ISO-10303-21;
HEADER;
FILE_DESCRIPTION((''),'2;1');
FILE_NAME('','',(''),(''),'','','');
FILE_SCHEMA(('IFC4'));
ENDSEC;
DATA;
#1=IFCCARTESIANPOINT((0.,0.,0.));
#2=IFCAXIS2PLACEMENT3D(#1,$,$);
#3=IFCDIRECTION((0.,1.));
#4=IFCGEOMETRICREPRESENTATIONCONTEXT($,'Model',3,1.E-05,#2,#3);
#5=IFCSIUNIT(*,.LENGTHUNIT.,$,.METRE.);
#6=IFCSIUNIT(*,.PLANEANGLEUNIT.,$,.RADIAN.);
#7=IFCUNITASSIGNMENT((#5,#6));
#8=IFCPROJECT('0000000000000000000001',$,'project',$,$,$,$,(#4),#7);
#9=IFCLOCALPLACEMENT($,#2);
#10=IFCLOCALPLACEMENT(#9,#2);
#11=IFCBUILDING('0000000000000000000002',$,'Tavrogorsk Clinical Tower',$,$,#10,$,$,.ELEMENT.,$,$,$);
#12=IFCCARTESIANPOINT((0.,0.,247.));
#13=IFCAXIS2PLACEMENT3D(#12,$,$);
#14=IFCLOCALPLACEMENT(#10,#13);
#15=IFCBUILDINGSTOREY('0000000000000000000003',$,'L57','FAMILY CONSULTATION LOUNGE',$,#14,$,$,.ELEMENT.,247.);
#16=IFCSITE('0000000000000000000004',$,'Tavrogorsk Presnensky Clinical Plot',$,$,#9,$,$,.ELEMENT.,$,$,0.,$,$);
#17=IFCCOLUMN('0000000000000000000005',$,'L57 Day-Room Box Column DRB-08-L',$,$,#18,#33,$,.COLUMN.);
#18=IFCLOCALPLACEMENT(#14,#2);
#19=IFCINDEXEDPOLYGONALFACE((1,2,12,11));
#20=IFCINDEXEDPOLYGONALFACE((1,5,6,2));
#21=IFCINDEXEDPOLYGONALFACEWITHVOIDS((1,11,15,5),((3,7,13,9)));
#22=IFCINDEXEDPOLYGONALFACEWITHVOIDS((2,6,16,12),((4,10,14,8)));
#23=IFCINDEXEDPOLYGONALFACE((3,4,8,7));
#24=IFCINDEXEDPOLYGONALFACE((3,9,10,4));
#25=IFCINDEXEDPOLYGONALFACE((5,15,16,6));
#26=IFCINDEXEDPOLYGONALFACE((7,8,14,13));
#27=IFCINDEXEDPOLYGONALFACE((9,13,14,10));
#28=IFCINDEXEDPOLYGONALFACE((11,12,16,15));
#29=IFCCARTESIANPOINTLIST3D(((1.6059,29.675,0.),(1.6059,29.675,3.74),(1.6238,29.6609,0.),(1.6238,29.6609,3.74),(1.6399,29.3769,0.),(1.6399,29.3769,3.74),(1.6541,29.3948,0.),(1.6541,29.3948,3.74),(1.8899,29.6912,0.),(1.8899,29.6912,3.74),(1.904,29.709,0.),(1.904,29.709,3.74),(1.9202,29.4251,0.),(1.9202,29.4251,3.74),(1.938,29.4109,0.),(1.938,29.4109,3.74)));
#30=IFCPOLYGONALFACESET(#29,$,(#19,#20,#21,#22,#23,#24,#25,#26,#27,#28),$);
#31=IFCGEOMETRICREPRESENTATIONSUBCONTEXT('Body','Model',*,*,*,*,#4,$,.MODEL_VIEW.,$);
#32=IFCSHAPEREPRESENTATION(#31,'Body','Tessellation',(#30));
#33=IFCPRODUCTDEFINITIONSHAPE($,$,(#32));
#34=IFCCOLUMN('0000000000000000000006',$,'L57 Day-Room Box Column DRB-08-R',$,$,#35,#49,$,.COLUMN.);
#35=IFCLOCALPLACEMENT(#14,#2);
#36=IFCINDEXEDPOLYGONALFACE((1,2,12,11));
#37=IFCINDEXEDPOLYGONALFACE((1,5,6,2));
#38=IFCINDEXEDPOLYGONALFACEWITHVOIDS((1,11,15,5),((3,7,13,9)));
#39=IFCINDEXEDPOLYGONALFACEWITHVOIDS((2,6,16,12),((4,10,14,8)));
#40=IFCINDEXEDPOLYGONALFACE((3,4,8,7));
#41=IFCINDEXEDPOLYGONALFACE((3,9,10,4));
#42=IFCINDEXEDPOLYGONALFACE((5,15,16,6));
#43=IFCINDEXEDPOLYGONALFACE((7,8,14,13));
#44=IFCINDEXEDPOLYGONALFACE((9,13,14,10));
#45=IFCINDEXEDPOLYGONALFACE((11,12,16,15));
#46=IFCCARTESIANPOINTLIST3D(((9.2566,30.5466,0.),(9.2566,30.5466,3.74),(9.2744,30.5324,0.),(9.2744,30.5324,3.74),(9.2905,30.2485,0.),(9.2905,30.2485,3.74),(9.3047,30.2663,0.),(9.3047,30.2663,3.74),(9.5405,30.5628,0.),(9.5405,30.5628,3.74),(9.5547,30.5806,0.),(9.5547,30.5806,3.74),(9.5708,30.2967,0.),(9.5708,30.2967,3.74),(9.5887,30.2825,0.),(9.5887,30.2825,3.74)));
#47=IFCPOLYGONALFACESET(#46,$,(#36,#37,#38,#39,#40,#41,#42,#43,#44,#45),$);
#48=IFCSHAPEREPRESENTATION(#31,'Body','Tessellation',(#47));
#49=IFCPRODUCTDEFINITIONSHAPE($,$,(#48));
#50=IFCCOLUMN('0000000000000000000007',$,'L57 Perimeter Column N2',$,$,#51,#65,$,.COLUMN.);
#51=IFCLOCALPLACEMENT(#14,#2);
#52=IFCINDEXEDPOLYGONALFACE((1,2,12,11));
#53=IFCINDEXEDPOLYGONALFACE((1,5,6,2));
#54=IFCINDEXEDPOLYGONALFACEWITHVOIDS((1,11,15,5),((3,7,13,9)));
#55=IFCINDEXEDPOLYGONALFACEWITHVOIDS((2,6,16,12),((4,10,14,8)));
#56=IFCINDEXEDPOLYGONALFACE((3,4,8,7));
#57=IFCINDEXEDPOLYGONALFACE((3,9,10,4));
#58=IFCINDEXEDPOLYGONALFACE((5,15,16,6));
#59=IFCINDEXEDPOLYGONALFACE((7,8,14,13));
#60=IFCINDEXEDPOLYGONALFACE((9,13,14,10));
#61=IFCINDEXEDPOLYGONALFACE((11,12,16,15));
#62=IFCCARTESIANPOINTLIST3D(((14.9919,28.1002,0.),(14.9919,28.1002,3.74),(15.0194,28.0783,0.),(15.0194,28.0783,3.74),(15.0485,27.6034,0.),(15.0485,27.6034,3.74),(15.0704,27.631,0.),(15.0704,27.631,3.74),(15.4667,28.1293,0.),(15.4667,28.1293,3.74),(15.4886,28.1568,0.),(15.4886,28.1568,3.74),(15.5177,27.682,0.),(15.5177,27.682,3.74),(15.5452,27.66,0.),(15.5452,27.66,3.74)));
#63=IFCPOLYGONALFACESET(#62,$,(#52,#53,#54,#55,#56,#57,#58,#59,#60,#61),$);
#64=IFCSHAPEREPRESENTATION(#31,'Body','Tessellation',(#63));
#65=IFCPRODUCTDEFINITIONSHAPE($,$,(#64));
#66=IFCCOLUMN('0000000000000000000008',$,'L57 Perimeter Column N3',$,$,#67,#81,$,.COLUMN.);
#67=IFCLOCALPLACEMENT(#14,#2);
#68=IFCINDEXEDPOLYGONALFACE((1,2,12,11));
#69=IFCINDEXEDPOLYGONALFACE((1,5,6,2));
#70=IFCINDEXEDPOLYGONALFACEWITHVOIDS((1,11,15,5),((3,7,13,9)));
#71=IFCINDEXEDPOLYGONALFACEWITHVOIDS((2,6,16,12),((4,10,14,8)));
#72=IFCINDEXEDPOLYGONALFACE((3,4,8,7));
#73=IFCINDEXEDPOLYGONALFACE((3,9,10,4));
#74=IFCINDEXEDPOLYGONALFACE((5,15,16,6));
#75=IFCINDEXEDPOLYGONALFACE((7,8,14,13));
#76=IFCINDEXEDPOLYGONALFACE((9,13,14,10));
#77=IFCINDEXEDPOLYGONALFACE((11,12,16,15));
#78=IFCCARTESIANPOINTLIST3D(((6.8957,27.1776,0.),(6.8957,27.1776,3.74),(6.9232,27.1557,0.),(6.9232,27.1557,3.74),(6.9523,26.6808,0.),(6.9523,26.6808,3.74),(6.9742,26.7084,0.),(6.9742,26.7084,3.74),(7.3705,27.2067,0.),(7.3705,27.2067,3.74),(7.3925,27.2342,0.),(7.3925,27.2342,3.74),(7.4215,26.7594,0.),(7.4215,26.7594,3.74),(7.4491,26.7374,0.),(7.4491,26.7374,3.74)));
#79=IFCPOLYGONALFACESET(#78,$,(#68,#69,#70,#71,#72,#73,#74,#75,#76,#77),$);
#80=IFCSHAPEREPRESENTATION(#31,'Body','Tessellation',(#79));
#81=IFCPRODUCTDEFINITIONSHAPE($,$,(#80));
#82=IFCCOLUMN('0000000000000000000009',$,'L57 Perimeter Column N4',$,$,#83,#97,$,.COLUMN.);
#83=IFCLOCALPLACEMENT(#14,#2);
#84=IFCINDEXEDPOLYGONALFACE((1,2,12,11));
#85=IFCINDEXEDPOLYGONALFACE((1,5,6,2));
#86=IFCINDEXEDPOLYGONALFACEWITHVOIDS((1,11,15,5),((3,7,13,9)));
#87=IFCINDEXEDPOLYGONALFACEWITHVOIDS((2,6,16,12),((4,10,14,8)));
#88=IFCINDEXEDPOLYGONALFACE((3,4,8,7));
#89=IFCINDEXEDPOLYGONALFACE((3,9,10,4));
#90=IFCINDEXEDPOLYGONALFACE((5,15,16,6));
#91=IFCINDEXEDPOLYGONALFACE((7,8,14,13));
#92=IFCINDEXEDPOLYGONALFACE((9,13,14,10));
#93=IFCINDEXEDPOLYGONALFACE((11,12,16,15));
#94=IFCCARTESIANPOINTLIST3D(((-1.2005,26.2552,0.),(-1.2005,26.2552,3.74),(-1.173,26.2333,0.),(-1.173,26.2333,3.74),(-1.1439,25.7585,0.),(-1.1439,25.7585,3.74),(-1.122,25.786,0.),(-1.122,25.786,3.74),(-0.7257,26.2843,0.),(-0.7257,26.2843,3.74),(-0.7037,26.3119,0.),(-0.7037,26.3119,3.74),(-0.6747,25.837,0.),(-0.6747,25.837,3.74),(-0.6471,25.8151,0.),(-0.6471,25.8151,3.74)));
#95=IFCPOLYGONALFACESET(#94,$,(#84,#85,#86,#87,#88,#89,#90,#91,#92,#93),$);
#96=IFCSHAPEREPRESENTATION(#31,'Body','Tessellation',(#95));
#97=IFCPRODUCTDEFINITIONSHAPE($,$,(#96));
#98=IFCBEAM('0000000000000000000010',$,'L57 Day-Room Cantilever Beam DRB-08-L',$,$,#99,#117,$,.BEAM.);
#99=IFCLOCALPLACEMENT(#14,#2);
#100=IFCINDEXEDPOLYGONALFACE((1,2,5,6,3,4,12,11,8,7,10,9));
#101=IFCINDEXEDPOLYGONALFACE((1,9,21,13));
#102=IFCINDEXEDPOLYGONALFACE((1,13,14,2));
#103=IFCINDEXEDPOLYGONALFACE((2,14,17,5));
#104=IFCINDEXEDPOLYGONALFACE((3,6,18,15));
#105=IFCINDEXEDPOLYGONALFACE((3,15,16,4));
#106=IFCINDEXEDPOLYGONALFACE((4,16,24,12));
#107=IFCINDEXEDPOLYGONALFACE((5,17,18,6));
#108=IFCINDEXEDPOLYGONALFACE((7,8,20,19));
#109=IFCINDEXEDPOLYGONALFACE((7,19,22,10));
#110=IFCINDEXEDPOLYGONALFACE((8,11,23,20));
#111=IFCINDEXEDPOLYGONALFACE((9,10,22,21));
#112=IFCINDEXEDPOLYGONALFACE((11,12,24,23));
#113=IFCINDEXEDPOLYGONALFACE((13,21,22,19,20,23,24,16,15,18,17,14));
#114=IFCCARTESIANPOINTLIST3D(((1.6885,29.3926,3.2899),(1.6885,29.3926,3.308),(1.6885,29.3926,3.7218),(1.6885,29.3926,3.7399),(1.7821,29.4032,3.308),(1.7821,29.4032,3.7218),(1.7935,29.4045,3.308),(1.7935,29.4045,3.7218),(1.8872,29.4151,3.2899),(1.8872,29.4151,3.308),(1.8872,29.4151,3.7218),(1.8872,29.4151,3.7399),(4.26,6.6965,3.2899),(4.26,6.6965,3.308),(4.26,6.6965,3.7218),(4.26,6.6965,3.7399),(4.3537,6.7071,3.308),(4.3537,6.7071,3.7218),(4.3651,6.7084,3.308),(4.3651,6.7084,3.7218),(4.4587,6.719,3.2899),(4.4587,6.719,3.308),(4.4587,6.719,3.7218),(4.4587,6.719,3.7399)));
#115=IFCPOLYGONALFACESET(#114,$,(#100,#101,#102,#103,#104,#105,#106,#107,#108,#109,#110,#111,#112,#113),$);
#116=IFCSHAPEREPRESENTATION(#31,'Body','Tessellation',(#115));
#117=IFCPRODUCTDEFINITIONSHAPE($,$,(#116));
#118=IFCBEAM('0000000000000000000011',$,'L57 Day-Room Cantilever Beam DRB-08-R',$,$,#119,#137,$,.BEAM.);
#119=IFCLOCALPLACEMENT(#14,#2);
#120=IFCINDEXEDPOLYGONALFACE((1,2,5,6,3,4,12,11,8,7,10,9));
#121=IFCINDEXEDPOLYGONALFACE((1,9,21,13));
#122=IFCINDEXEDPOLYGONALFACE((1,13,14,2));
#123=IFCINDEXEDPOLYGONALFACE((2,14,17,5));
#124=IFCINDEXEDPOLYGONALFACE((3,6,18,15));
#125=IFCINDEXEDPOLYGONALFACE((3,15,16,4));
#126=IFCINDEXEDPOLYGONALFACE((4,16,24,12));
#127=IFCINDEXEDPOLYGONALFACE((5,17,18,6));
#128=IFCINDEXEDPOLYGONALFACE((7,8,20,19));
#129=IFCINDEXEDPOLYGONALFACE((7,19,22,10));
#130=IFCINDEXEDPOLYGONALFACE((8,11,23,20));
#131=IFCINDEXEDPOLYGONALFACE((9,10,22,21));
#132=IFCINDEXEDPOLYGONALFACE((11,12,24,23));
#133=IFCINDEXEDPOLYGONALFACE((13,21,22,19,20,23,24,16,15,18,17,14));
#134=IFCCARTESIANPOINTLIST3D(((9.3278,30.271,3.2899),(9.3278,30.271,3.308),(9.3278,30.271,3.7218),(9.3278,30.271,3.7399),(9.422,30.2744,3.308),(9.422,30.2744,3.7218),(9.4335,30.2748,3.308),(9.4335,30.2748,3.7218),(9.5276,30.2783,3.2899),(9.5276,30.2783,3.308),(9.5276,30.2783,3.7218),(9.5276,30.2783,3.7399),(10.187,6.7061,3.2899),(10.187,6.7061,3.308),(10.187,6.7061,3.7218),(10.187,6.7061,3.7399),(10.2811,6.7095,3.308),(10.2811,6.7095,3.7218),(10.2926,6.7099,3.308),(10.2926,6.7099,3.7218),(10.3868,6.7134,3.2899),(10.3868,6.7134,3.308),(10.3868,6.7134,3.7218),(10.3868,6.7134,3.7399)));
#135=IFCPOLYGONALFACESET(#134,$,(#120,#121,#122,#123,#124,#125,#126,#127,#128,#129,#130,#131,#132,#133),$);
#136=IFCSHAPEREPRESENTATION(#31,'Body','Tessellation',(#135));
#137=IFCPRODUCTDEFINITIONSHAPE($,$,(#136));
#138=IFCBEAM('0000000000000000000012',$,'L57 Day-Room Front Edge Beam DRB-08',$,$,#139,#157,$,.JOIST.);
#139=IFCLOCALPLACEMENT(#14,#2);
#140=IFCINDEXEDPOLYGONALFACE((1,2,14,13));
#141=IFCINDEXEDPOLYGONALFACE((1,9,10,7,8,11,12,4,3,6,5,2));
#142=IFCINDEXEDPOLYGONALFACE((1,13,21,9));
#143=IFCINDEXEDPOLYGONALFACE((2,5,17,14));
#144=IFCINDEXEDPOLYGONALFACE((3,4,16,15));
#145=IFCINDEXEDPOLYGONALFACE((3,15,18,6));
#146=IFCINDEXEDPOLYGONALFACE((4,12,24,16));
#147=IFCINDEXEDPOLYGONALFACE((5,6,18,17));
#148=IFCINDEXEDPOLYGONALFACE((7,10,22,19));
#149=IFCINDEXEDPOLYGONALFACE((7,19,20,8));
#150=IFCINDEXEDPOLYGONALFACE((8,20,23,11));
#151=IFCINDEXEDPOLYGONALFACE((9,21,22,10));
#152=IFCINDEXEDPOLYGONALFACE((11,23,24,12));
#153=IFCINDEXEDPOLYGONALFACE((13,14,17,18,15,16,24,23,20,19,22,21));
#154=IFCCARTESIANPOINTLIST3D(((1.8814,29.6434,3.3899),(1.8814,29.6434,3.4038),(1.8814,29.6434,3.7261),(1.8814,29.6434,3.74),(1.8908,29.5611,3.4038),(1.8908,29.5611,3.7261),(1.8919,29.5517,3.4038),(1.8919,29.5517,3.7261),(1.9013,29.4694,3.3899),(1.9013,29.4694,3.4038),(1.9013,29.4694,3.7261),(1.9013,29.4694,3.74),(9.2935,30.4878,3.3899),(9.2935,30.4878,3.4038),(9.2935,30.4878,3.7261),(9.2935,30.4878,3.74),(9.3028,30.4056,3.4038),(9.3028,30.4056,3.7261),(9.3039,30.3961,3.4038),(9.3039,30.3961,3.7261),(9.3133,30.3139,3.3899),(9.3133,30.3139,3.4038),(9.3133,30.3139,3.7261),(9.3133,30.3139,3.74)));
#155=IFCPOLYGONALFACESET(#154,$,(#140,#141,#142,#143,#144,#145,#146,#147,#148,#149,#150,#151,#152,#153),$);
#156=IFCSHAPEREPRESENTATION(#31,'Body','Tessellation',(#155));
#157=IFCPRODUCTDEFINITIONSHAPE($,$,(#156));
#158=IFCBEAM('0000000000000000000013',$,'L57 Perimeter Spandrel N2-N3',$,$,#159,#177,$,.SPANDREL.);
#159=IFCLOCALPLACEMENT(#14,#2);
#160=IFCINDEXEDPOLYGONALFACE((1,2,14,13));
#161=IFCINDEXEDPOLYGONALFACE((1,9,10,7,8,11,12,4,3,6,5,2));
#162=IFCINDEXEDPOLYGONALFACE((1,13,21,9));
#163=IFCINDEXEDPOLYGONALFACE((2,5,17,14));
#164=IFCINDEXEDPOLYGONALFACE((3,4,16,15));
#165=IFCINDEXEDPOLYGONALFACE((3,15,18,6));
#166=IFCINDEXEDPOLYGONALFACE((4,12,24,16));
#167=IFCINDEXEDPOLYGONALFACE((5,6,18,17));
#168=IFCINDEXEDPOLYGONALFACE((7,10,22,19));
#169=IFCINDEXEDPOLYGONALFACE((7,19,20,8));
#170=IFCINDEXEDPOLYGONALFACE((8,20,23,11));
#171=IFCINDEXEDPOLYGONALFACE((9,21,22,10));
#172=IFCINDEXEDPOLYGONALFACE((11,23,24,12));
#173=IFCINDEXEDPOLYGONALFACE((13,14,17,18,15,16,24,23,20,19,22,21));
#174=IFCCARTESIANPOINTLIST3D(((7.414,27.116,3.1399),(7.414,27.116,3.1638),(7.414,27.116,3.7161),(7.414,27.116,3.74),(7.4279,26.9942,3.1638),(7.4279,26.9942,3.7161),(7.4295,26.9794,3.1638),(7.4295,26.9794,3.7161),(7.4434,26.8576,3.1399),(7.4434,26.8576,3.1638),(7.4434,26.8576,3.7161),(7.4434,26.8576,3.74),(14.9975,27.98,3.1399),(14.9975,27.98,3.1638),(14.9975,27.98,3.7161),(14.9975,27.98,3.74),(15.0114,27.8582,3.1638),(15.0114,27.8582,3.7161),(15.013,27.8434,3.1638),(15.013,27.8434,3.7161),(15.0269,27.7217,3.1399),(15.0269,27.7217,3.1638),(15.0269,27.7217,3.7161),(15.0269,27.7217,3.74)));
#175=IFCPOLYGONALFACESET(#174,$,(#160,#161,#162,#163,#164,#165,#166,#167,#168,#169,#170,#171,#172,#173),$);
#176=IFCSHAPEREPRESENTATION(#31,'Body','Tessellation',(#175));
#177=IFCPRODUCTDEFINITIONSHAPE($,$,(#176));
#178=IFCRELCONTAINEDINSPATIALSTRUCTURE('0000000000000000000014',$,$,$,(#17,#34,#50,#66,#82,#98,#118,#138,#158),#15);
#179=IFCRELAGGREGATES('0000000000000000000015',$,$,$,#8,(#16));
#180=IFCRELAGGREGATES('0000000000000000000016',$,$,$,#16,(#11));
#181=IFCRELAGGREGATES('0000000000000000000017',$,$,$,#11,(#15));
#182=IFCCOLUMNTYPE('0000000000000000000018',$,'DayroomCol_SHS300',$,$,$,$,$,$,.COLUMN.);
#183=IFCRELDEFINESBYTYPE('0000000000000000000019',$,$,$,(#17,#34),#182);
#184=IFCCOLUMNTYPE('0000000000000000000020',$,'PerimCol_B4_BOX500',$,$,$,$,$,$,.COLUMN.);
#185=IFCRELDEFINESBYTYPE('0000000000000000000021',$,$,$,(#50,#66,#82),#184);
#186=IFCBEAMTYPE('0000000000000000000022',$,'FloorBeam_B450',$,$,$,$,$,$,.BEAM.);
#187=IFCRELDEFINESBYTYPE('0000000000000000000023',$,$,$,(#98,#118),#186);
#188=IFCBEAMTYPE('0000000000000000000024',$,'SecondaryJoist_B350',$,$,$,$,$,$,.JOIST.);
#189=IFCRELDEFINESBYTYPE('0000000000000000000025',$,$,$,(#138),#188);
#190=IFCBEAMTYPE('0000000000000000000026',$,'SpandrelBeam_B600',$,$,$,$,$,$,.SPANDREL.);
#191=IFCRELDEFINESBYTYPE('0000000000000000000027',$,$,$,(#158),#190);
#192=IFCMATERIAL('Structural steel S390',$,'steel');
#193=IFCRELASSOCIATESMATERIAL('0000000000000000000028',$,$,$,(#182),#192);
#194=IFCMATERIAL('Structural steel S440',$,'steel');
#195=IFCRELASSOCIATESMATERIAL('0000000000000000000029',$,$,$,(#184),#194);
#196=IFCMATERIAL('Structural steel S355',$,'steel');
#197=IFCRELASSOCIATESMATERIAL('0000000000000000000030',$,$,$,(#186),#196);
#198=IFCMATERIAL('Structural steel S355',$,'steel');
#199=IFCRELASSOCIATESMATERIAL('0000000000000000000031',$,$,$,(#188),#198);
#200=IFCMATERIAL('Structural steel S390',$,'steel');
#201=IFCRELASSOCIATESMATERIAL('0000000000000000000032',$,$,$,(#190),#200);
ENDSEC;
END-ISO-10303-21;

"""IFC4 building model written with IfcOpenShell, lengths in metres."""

from ifc_helpers import new_model, si_unit, direction, frame, origin, origin_2d, place, context, subcontext, project, spatial, hollow_rectangle, i_section, extrude, material, material_profile, profile_set, type_object, element, save


model = new_model("IFC4")

# Units and contexts
model_context = context("Model", 3, precision=1e-05, world=origin(), true_north=direction((0.0, 1.0)))
body_context = subcontext(model_context, "Body", "Model", "MODEL_VIEW")
ifc_project = project(units=[si_unit("LENGTHUNIT", "METRE"), si_unit("PLANEANGLEUNIT", "RADIAN")], contexts=[model_context])

# Site, building, storey
site_placement = place(None, origin())
site = spatial("IfcSite", under=ifc_project, at=site_placement, Name="Tavrogorsk Presnensky Clinical Plot", CompositionType="ELEMENT", RefElevation=0.0)
building_placement = place(site_placement, origin())
building = spatial("IfcBuilding", under=site, at=building_placement, Name="Tavrogorsk Clinical Tower", CompositionType="ELEMENT")
storey_placement = place(building_placement, frame((0.0, 0.0, 247.0)))
storey = spatial("IfcBuildingStorey", under=building, at=storey_placement, Name="L57", Description="FAMILY CONSULTATION LOUNGE", CompositionType="ELEMENT", Elevation=247.0)

# Columns
ifc_material_1 = material(Name="Structural steel S390", Category="steel")
ifc_material_profile_1 = material_profile(ifc_material_1, hollow_rectangle(XDim=0.3, YDim=0.3, WallThickness=0.0161, at=origin_2d()), Name="SHS-300x300x16")
ifc_profile_set_1 = profile_set([ifc_material_profile_1], Name="Structural steel S390")
column_type_1 = type_object("IfcColumnType", Name="DayroomCol_SHS300", PredefinedType="COLUMN", material=ifc_profile_set_1)
for number, where, z_axis, x_axis, name in (
    (1, (1.772, 29.543, 0.0), (0.0, 0.0, 1.0), (0.993572, 0.113203, 0.0), "L57 Day-Room Box Column DRB-08-L"),
    (2, (9.4226, 30.4146, 0.0), (0.0, 0.0, 1.0), (0.993572, 0.113203, 0.0), "L57 Day-Room Box Column DRB-08-R"),
):
    element("IfcColumn", number, at=place(storey_placement, frame(where, z_axis=z_axis, x_axis=x_axis)), inside=storey, type_object=column_type_1, Name=name, PredefinedType="COLUMN", context=body_context, shape_type="SweptSolid", body=[
        extrude(hollow_rectangle(XDim=0.3, YDim=0.3, WallThickness=0.0161, at=origin_2d()), origin(), (0.0, 0.0, 1.0), 3.74),
    ])
ifc_material_2 = material(Name="Structural steel S440", Category="steel")
ifc_material_profile_2 = material_profile(ifc_material_2, hollow_rectangle(XDim=0.5, YDim=0.5, WallThickness=0.0249, at=origin_2d()), Name="BOX-500x500x25")
ifc_profile_set_2 = profile_set([ifc_material_profile_2], Name="Structural steel S440")
column_type_2 = type_object("IfcColumnType", Name="PerimCol_B4_BOX500", PredefinedType="COLUMN", material=ifc_profile_set_2)
for number, where, z_axis, x_axis, name in (
    (3, (15.2686, 27.8801, 0.0), (0.0, 0.0, 1.0), (0.993572, 0.113203, 0.0), "L57 Perimeter Column N2"),
    (4, (7.1724, 26.9575, 0.0), (0.0, 0.0, 1.0), (0.993572, 0.113203, 0.0), "L57 Perimeter Column N3"),
    (5, (-0.9238, 26.0352, 0.0), (0.0, 0.0, 1.0), (0.993572, 0.113203, 0.0), "L57 Perimeter Column N4"),
):
    element("IfcColumn", number, at=place(storey_placement, frame(where, z_axis=z_axis, x_axis=x_axis)), inside=storey, type_object=column_type_2, Name=name, PredefinedType="COLUMN", context=body_context, shape_type="SweptSolid", body=[
        extrude(hollow_rectangle(XDim=0.5, YDim=0.5, WallThickness=0.0249, at=origin_2d()), origin(), (0.0, 0.0, 1.0), 3.74),
    ])

# Beams
ifc_material_3 = material(Name="Structural steel S355", Category="steel")
ifc_material_profile_3 = material_profile(ifc_material_3, i_section(OverallWidth=0.2, OverallDepth=0.45, WebThickness=0.0115, FlangeThickness=0.0181, at=origin_2d()), Name="B-450x200x11.5x18")
ifc_profile_set_3 = profile_set([ifc_material_profile_3], Name="Structural steel S355")
beam_type_1 = type_object("IfcBeamType", Name="FloorBeam_B450", PredefinedType="BEAM", material=ifc_profile_set_3)
beam_1_placement = place(storey_placement, frame((4.3594, 6.7078, 3.5149), z_axis=(-0.112583, 0.993642, 0.0), x_axis=(-0.993642, -0.112583, 0.0)))
element("IfcBeam", 6, at=beam_1_placement, inside=storey, type_object=beam_type_1, Name="L57 Day-Room Cantilever Beam DRB-08-L", PredefinedType="BEAM", context=body_context, shape_type="SweptSolid", body=[
    extrude(i_section(OverallWidth=0.2, OverallDepth=0.45, WebThickness=0.0115, FlangeThickness=0.0181, at=origin_2d()), origin(), (0.0, 0.0, 1.0), 22.8413),
])
beam_2_placement = place(storey_placement, frame((10.2869, 6.7097, 3.5149), z_axis=(-0.036434, 0.999336, 0.0), x_axis=(-0.999336, -0.036434, 0.0)))
element("IfcBeam", 7, at=beam_2_placement, inside=storey, type_object=beam_type_1, Name="L57 Day-Room Cantilever Beam DRB-08-R", PredefinedType="BEAM", context=body_context, shape_type="SweptSolid", body=[
    extrude(i_section(OverallWidth=0.2, OverallDepth=0.45, WebThickness=0.0115, FlangeThickness=0.0181, at=origin_2d()), origin(), (0.0, 0.0, 1.0), 23.5806),
])
ifc_material_4 = material(Name="Structural steel S355", Category="steel")
ifc_material_profile_4 = material_profile(ifc_material_4, i_section(OverallWidth=0.175, OverallDepth=0.3501, WebThickness=0.0095, FlangeThickness=0.0139, at=origin_2d()), Name="B-350x175x9.5x14")
ifc_profile_set_4 = profile_set([ifc_material_profile_4], Name="Structural steel S355")
beam_type_2 = type_object("IfcBeamType", Name="SecondaryJoist_B350", PredefinedType="JOIST", material=ifc_profile_set_4)
beam_3_placement = place(storey_placement, frame((1.8914, 29.5564, 3.5649), z_axis=(0.993572, 0.1132, 0.0), x_axis=(-0.1132, 0.993572, 0.0)))
element("IfcBeam", 8, at=beam_3_placement, inside=storey, type_object=beam_type_2, Name="L57 Day-Room Front Edge Beam DRB-08", PredefinedType="JOIST", context=body_context, shape_type="SweptSolid", body=[
    extrude(i_section(OverallWidth=0.175, OverallDepth=0.3501, WebThickness=0.0095, FlangeThickness=0.0139, at=origin_2d()), origin(), (0.0, 0.0, 1.0), 7.46),
])
ifc_material_5 = material(Name="Structural steel S390", Category="steel")
ifc_material_profile_5 = material_profile(ifc_material_5, i_section(OverallWidth=0.26, OverallDepth=0.6001, WebThickness=0.0149, FlangeThickness=0.0239, at=origin_2d()), Name="B-600x260x15x24")
ifc_profile_set_5 = profile_set([ifc_material_profile_5], Name="Structural steel S390")
beam_type_3 = type_object("IfcBeamType", Name="SpandrelBeam_B600", PredefinedType="SPANDREL", material=ifc_profile_set_5)
for number, where, z_axis, x_axis, name in (
    (9, (15.0122, 27.8508, 3.4399), (-0.993572, -0.113201, 0.0), (0.113201, -0.993572, 0.0), "L57 Perimeter Spandrel N2-N3"),
):
    element("IfcBeam", number, at=place(storey_placement, frame(where, z_axis=z_axis, x_axis=x_axis)), inside=storey, type_object=beam_type_3, Name=name, PredefinedType="SPANDREL", context=body_context, shape_type="SweptSolid", body=[
        extrude(i_section(OverallWidth=0.26, OverallDepth=0.6001, WebThickness=0.0149, FlangeThickness=0.0239, at=origin_2d()), origin(), (0.0, 0.0, 1.0), 7.6326),
    ])

save(model, "model.ifc")
